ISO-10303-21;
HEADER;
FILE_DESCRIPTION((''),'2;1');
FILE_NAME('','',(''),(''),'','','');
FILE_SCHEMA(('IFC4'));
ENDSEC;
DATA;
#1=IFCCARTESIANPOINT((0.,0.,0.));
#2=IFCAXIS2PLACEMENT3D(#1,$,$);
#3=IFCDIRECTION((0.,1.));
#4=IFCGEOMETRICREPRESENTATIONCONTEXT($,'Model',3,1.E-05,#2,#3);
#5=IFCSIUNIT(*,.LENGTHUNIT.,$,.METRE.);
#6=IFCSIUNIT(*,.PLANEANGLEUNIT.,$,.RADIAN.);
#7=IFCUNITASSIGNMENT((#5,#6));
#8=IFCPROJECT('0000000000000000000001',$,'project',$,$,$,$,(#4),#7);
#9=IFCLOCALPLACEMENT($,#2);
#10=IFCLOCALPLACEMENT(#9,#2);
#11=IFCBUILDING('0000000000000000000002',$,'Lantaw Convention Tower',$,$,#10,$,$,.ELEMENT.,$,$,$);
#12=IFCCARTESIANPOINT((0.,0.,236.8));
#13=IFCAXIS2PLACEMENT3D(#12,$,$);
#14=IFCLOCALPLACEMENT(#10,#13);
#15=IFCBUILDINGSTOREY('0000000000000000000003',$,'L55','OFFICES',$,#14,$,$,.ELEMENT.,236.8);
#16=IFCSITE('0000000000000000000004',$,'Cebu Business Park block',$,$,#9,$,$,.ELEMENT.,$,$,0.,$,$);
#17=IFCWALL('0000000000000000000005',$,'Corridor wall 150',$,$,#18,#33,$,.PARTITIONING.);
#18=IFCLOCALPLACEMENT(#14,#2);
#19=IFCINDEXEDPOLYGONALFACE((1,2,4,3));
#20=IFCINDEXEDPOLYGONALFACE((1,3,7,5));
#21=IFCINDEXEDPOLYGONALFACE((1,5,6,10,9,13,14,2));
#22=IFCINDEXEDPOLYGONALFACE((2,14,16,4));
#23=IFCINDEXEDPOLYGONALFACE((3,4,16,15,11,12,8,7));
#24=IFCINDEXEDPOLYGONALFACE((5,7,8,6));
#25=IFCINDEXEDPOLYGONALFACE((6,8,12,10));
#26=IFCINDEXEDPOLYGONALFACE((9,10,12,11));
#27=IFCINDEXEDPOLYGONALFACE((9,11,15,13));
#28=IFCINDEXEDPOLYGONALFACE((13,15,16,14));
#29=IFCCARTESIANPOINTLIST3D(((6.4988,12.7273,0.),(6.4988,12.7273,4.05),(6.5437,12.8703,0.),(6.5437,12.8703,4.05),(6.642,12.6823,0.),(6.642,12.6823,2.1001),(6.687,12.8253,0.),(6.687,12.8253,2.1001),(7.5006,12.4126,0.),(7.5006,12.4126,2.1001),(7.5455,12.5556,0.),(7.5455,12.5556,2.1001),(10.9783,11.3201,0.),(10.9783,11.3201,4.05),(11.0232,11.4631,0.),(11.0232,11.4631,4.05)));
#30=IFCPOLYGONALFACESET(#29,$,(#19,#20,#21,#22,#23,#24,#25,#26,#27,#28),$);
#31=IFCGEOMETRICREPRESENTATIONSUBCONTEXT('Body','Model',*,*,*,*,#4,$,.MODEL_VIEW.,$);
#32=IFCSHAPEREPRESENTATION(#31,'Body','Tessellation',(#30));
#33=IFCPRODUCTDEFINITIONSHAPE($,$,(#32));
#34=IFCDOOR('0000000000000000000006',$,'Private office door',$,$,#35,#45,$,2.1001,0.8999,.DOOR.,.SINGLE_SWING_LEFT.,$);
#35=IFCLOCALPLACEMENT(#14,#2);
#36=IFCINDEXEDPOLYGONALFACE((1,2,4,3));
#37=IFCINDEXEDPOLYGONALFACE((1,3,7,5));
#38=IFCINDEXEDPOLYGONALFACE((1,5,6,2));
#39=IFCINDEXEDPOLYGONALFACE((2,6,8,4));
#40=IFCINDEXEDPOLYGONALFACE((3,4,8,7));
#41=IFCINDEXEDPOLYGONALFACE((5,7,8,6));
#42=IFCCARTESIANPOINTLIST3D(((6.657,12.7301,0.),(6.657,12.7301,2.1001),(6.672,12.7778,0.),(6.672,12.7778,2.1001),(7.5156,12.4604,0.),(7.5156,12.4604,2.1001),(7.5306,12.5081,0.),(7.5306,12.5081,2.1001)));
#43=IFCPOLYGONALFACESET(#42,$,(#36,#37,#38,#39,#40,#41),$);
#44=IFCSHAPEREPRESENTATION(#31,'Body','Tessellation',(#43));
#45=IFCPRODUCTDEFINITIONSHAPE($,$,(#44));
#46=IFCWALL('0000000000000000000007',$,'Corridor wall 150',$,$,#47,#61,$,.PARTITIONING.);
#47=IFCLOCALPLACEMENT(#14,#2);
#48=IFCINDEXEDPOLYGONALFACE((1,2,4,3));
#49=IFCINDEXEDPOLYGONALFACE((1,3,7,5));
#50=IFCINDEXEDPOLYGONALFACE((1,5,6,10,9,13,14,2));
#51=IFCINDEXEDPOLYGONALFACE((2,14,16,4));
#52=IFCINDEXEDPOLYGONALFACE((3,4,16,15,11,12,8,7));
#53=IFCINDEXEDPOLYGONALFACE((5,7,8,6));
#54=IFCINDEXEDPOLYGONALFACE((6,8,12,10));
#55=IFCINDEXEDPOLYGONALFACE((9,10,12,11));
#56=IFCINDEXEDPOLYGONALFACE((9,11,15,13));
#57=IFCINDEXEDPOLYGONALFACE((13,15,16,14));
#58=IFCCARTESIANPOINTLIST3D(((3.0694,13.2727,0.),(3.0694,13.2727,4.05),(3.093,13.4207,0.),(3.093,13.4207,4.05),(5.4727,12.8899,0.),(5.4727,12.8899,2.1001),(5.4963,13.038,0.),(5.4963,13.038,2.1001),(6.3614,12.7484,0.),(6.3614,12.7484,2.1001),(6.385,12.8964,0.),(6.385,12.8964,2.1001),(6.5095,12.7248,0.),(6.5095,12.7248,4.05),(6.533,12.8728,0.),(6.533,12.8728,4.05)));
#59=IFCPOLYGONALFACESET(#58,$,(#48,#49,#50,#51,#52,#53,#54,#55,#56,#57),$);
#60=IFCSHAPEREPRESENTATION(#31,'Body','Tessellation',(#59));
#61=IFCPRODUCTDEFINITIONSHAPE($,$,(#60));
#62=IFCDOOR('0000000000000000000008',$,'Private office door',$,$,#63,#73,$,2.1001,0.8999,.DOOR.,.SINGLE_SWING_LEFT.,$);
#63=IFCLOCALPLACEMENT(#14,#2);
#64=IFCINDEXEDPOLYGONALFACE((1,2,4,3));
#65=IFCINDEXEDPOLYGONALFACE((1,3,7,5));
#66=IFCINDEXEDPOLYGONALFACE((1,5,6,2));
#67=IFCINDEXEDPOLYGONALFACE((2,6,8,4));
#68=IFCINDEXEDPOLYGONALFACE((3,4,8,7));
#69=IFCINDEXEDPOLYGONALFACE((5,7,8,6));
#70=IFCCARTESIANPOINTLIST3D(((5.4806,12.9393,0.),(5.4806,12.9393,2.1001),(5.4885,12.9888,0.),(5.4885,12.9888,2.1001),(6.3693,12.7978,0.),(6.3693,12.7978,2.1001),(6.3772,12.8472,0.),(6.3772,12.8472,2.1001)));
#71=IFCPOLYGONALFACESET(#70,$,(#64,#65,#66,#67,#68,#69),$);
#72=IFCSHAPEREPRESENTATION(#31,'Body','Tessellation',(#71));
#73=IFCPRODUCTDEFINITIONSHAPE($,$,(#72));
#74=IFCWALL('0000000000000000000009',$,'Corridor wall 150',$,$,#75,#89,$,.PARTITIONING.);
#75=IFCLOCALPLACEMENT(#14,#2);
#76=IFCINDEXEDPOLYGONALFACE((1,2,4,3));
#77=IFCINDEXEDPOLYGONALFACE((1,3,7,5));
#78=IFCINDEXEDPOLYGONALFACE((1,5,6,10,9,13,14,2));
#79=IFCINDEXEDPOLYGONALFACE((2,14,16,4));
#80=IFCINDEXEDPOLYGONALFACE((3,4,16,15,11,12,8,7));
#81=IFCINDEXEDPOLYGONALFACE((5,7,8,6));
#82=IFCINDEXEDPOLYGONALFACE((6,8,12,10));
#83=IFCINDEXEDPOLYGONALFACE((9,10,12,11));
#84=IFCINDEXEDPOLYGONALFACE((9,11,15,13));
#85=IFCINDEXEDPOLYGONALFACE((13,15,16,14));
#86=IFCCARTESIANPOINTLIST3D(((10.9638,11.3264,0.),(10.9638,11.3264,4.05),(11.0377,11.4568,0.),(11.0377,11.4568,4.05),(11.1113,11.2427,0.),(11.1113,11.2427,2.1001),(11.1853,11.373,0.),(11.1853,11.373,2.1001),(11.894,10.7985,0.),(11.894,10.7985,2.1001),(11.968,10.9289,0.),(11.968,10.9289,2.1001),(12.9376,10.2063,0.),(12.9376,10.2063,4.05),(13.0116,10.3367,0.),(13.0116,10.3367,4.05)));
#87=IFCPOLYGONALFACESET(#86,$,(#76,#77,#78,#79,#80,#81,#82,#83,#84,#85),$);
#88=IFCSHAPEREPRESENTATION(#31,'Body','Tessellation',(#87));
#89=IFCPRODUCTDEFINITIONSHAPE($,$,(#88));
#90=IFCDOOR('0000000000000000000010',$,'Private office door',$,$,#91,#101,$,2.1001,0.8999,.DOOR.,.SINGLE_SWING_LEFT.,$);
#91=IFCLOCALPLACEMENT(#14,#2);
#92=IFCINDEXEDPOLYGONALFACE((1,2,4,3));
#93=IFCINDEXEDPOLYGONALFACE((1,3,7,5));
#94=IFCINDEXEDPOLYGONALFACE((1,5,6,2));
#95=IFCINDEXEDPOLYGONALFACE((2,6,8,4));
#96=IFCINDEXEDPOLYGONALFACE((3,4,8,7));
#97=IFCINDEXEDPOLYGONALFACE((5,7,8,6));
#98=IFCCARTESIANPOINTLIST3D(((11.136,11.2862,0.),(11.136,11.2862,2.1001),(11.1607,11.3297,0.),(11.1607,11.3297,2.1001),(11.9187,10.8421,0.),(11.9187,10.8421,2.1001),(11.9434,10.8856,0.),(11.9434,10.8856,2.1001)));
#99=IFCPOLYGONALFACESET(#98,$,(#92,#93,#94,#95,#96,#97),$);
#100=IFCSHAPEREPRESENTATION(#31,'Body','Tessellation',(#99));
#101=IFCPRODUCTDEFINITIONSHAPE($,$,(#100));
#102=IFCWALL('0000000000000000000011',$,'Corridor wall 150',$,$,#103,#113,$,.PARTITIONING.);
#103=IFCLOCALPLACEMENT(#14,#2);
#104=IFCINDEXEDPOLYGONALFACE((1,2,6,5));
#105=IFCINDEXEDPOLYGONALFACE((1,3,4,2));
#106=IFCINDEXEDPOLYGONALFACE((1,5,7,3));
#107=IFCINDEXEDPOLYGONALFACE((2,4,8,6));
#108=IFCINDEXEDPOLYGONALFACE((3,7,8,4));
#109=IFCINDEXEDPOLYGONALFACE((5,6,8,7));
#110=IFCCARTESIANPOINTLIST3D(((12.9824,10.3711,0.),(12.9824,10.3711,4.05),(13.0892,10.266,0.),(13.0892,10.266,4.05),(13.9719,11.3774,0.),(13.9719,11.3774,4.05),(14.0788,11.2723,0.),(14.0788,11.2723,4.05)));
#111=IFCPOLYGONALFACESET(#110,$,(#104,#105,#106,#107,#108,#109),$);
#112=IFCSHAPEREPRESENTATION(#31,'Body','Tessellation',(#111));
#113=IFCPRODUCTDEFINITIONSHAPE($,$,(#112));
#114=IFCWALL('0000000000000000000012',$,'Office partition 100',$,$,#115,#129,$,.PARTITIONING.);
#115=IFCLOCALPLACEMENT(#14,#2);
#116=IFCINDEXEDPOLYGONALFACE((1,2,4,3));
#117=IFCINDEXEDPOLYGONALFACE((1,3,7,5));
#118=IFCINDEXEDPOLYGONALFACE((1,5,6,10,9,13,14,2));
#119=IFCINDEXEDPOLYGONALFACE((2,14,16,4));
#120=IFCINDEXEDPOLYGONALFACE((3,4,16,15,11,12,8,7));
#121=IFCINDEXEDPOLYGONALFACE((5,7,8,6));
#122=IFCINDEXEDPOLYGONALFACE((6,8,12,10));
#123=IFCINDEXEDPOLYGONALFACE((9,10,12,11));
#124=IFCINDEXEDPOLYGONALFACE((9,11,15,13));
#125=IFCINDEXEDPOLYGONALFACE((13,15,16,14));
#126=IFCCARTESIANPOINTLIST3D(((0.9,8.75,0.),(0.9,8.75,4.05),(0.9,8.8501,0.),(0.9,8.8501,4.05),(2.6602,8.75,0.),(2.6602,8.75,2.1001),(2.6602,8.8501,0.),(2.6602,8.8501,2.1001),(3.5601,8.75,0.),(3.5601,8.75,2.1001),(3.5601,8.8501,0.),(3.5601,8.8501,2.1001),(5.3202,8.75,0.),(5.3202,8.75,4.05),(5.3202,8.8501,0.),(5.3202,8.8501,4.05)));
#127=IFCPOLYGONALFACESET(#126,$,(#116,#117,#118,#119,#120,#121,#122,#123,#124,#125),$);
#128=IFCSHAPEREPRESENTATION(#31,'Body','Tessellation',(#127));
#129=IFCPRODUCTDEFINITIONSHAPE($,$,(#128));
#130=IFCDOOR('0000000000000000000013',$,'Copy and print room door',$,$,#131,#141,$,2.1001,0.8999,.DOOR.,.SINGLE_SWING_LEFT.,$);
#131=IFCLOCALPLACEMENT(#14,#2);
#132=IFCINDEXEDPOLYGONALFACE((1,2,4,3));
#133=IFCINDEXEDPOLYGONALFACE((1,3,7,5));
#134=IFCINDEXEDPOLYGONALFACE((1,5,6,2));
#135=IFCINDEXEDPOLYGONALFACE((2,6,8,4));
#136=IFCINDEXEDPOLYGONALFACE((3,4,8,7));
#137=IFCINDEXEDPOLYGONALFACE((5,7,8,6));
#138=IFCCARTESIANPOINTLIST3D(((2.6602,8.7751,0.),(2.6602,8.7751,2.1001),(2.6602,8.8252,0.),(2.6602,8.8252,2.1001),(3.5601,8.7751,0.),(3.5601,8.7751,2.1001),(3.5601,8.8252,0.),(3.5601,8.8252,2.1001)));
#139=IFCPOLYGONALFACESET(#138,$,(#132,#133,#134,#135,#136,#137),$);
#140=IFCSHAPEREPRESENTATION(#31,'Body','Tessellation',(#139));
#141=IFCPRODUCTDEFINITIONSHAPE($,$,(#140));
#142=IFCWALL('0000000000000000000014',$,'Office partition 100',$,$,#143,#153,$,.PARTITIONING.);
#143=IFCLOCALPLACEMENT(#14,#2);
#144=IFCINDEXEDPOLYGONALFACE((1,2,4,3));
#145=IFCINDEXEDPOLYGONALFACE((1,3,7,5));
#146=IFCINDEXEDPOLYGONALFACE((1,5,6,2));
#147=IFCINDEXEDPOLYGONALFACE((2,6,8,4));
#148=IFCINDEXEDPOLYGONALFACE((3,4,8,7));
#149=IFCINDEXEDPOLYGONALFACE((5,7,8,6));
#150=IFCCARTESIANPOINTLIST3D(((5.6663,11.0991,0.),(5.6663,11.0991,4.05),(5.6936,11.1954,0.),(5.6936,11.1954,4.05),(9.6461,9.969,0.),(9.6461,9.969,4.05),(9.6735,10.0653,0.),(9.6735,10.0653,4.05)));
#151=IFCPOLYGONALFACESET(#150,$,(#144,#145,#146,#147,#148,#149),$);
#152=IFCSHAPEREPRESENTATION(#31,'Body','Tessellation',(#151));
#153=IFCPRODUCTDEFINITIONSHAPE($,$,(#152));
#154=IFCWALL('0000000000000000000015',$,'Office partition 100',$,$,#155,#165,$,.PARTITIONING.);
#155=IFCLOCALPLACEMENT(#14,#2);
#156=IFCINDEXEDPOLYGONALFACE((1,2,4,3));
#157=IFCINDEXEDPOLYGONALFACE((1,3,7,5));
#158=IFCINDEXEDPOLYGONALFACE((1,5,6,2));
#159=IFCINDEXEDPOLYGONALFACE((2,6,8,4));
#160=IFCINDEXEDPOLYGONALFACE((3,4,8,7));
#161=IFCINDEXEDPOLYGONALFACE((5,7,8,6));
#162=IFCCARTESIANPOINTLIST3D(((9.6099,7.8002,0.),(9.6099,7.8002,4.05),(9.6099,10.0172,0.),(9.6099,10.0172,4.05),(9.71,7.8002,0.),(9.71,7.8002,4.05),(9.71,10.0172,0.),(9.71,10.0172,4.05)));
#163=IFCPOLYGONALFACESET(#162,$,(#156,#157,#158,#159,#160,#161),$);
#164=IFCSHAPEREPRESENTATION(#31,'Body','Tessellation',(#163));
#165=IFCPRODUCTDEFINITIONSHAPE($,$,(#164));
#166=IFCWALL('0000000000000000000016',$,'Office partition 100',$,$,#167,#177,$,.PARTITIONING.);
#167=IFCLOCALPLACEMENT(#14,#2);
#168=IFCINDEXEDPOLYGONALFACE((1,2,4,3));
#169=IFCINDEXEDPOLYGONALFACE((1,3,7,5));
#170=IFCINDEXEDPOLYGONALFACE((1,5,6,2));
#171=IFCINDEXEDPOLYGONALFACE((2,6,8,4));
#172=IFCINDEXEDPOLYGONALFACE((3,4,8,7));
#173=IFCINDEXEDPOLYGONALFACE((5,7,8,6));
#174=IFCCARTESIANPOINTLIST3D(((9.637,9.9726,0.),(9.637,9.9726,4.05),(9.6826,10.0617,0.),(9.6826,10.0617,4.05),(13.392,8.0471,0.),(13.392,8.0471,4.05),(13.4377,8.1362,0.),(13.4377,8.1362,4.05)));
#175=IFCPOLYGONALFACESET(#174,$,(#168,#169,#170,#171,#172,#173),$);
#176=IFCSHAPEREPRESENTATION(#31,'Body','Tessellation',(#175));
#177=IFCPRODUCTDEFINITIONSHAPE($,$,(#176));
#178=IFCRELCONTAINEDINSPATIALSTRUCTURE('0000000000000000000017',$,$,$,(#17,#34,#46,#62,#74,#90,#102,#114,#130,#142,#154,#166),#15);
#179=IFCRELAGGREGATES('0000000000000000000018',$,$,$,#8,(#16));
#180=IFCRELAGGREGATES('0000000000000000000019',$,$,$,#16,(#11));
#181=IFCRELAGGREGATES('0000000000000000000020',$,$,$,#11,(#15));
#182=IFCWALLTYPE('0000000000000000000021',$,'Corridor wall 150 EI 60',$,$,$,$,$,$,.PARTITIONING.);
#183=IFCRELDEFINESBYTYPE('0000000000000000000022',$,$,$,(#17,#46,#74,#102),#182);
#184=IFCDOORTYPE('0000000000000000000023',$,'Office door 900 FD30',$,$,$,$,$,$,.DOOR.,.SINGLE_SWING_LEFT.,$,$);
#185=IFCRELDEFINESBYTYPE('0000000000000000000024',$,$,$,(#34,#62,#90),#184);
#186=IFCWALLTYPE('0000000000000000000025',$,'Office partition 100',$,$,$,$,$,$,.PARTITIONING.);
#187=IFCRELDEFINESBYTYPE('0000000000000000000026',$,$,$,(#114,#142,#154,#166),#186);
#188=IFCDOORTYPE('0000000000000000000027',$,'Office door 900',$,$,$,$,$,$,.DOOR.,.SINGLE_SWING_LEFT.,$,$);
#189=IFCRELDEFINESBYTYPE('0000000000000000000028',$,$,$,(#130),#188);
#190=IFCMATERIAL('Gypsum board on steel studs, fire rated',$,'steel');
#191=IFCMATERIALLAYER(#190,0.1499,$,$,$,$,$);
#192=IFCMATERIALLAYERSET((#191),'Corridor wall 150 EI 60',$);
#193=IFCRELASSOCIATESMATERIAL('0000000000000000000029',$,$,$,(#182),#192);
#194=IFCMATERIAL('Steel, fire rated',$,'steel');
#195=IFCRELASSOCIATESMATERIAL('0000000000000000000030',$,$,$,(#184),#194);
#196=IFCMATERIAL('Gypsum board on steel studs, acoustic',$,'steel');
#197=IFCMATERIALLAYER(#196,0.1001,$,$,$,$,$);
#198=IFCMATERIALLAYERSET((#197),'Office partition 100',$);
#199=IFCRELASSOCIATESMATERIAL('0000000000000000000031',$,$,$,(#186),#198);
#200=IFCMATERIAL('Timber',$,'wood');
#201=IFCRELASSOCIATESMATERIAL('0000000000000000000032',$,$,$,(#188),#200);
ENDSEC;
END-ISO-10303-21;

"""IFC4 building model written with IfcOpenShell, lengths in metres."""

from ifc_helpers import new_model, si_unit, direction, frame, frame_2d, origin, place, context, subcontext, project, spatial, rectangle, extrude, material, layer, layer_set, type_object, element, fill, save


model = new_model("IFC4")

# Units and contexts
model_context = context("Model", 3, precision=1e-05, world=origin(), true_north=direction((0.0, 1.0)))
body_context = subcontext(model_context, "Body", "Model", "MODEL_VIEW")
ifc_project = project(units=[si_unit("LENGTHUNIT", "METRE"), si_unit("PLANEANGLEUNIT", "RADIAN")], contexts=[model_context])

# Site, building, storey
site_placement = place(None, origin())
site = spatial("IfcSite", under=ifc_project, at=site_placement, Name="Cebu Business Park block", CompositionType="ELEMENT", RefElevation=0.0)
building_placement = place(site_placement, origin())
building = spatial("IfcBuilding", under=site, at=building_placement, Name="Lantaw Convention Tower", CompositionType="ELEMENT")
storey_placement = place(building_placement, frame((0.0, 0.0, 236.8)))
storey = spatial("IfcBuildingStorey", under=building, at=storey_placement, Name="L55", Description="OFFICES", CompositionType="ELEMENT", Elevation=236.8)

# Walls, openings, doors
ifc_material_1 = material(Name="Gypsum board on steel studs, fire rated", Category="steel")
ifc_layer_1 = layer(ifc_material_1, 0.1499)
ifc_layer_set_1 = layer_set([ifc_layer_1], Name="Corridor wall 150 EI 60")
wall_type_1 = type_object("IfcWallType", Name="Corridor wall 150 EI 60", PredefinedType="PARTITIONING", material=ifc_layer_set_1)
wall_1_placement = place(storey_placement, frame((11.0007, 11.3916, 0.0), z_axis=(0.0, 0.0, 1.0), x_axis=(-0.954031, 0.299708, 0.0)))
wall_1 = element("IfcWall", 1, at=wall_1_placement, inside=storey, type_object=wall_type_1, Name="Corridor wall 150", PredefinedType="PARTITIONING", context=body_context, shape_type="SweptSolid", body=[
    extrude(rectangle(XDim=4.6953, YDim=0.1499, at=frame_2d((2.3477, 0.0))), origin(), (0.0, 0.0, 1.0), 4.05),
])
opening_1_placement = place(wall_1_placement, frame((3.6453, 0.0, 0.0)))
opening_1 = element("IfcOpeningElement", 2, at=opening_1_placement, cuts=wall_1, PredefinedType="OPENING", context=body_context, shape_type="SweptSolid", body=[
    extrude(rectangle(XDim=0.8999, YDim=2.1001, at=frame_2d((0.45, 1.05))), frame((0.0, 0.085, 0.0), z_axis=(0.0, -1.0, 0.0), x_axis=(1.0, 0.0, 0.0)), (0.0, 0.0, 1.0), 0.1699),
])
ifc_material_2 = material(Name="Steel, fire rated", Category="steel")
door_type_1 = type_object("IfcDoorType", Name="Office door 900 FD30", OperationType="SINGLE_SWING_LEFT", PredefinedType="DOOR", material=ifc_material_2)
door_1_placement = place(opening_1_placement, origin())
door_1 = element("IfcDoor", 3, at=door_1_placement, inside=storey, type_object=door_type_1, Name="Private office door", OperationType="SINGLE_SWING_LEFT", OverallHeight=2.1001, OverallWidth=0.8999, PredefinedType="DOOR", context=body_context, shape_type="SweptSolid", body=[
    extrude(rectangle(XDim=0.8999, YDim=2.1001, at=frame_2d((0.45, 1.05))), frame((0.0, 0.0249, 0.0), z_axis=(0.0, -1.0, 0.0), x_axis=(1.0, 0.0, 0.0)), (0.0, 0.0, 1.0), 0.05),
])
fill(opening_1, door_1)
wall_2_placement = place(storey_placement, frame((6.5212, 12.7988, 0.0), z_axis=(0.0, 0.0, 1.0), x_axis=(-0.987554, 0.15728, 0.0)))
wall_2 = element("IfcWall", 4, at=wall_2_placement, inside=storey, type_object=wall_type_1, Name="Corridor wall 150", PredefinedType="PARTITIONING", context=body_context, shape_type="SweptSolid", body=[
    extrude(rectangle(XDim=3.4834, YDim=0.1499, at=frame_2d((1.7417, 0.0))), origin(), (0.0, 0.0, 1.0), 4.05),
])
opening_2_placement = place(wall_2_placement, frame((0.1499, 0.0, 0.0)))
opening_2 = element("IfcOpeningElement", 5, at=opening_2_placement, cuts=wall_2, PredefinedType="OPENING", context=body_context, shape_type="SweptSolid", body=[
    extrude(rectangle(XDim=0.8999, YDim=2.1001, at=frame_2d((0.45, 1.05))), frame((0.0, 0.085, 0.0), z_axis=(0.0, -1.0, 0.0), x_axis=(1.0, 0.0, 0.0)), (0.0, 0.0, 1.0), 0.1699),
])
door_2_placement = place(opening_2_placement, origin())
door_2 = element("IfcDoor", 6, at=door_2_placement, inside=storey, type_object=door_type_1, Name="Private office door", OperationType="SINGLE_SWING_LEFT", OverallHeight=2.1001, OverallWidth=0.8999, PredefinedType="DOOR", context=body_context, shape_type="SweptSolid", body=[
    extrude(rectangle(XDim=0.8999, YDim=2.1001, at=frame_2d((0.45, 1.05))), frame((0.0, 0.0249, 0.0), z_axis=(0.0, -1.0, 0.0), x_axis=(1.0, 0.0, 0.0)), (0.0, 0.0, 1.0), 0.05),
])
fill(opening_2, door_2)
wall_3_placement = place(storey_placement, frame((12.9746, 10.2715, 0.0), z_axis=(0.0, 0.0, 1.0), x_axis=(-0.869722, 0.493542, 0.0)))
wall_3 = element("IfcWall", 7, at=wall_3_placement, inside=storey, type_object=wall_type_1, Name="Corridor wall 150", PredefinedType="PARTITIONING", context=body_context, shape_type="SweptSolid", body=[
    extrude(rectangle(XDim=2.2695, YDim=0.1499, at=frame_2d((1.1348, 0.0))), origin(), (0.0, 0.0, 1.0), 4.05),
])
opening_3_placement = place(wall_3_placement, frame((1.2, 0.0, 0.0)))
opening_3 = element("IfcOpeningElement", 8, at=opening_3_placement, cuts=wall_3, PredefinedType="OPENING", context=body_context, shape_type="SweptSolid", body=[
    extrude(rectangle(XDim=0.8999, YDim=2.1001, at=frame_2d((0.45, 1.05))), frame((0.0, 0.085, 0.0), z_axis=(0.0, -1.0, 0.0), x_axis=(1.0, 0.0, 0.0)), (0.0, 0.0, 1.0), 0.1699),
])
door_3_placement = place(opening_3_placement, origin())
door_3 = element("IfcDoor", 9, at=door_3_placement, inside=storey, type_object=door_type_1, Name="Private office door", OperationType="SINGLE_SWING_LEFT", OverallHeight=2.1001, OverallWidth=0.8999, PredefinedType="DOOR", context=body_context, shape_type="SweptSolid", body=[
    extrude(rectangle(XDim=0.8999, YDim=2.1001, at=frame_2d((0.45, 1.05))), frame((0.0, 0.0249, 0.0), z_axis=(0.0, -1.0, 0.0), x_axis=(1.0, 0.0, 0.0)), (0.0, 0.0, 1.0), 0.05),
])
fill(opening_3, door_3)

# Wall
wall_4_placement = place(storey_placement, frame((13.0359, 10.3186, 0.0), z_axis=(0.0, 0.0, 1.0), x_axis=(0.701114, 0.71305, 0.0)))
element("IfcWall", 10, at=wall_4_placement, inside=storey, type_object=wall_type_1, Name="Corridor wall 150", PredefinedType="PARTITIONING", context=body_context, shape_type="SweptSolid", body=[
    extrude(rectangle(XDim=1.4114, YDim=0.1499, at=frame_2d((0.7056, 0.0))), origin(), (0.0, 0.0, 1.0), 4.05),
])

# Wall, opening, door
ifc_material_3 = material(Name="Gypsum board on steel studs, acoustic", Category="steel")
ifc_layer_2 = layer(ifc_material_3, 0.1001)
ifc_layer_set_2 = layer_set([ifc_layer_2], Name="Office partition 100")
wall_type_2 = type_object("IfcWallType", Name="Office partition 100", PredefinedType="PARTITIONING", material=ifc_layer_set_2)
wall_5_placement = place(storey_placement, frame((5.3201, 8.8, 0.0), z_axis=(0.0, 0.0, 1.0), x_axis=(-1.0, 0.0, 0.0)))
wall_5 = element("IfcWall", 11, at=wall_5_placement, inside=storey, type_object=wall_type_2, Name="Office partition 100", PredefinedType="PARTITIONING", context=body_context, shape_type="SweptSolid", body=[
    extrude(rectangle(XDim=4.4202, YDim=0.1001, at=frame_2d((2.21, 0.0))), origin(), (0.0, 0.0, 1.0), 4.05),
])
opening_4_placement = place(wall_5_placement, frame((1.76, 0.0, 0.0)))
opening_4 = element("IfcOpeningElement", 12, at=opening_4_placement, cuts=wall_5, PredefinedType="OPENING", context=body_context, shape_type="SweptSolid", body=[
    extrude(rectangle(XDim=0.8999, YDim=2.1001, at=frame_2d((0.45, 1.05))), frame((0.0, 0.0601, 0.0), z_axis=(0.0, -1.0, 0.0), x_axis=(1.0, 0.0, 0.0)), (0.0, 0.0, 1.0), 0.1201),
])
ifc_material_4 = material(Name="Timber", Category="wood")
door_type_2 = type_object("IfcDoorType", Name="Office door 900", OperationType="SINGLE_SWING_LEFT", PredefinedType="DOOR", material=ifc_material_4)
door_4_placement = place(opening_4_placement, origin())
door_4 = element("IfcDoor", 13, at=door_4_placement, inside=storey, type_object=door_type_2, Name="Copy and print room door", OperationType="SINGLE_SWING_LEFT", OverallHeight=2.1001, OverallWidth=0.8999, PredefinedType="DOOR", context=body_context, shape_type="SweptSolid", body=[
    extrude(rectangle(XDim=0.8999, YDim=2.1001, at=frame_2d((0.45, 1.05))), frame((0.0, 0.0249, 0.0), z_axis=(0.0, -1.0, 0.0), x_axis=(1.0, 0.0, 0.0)), (0.0, 0.0, 1.0), 0.05),
])
fill(opening_4, door_4)

# Walls
wall_6_placement = place(storey_placement, frame((5.6799, 11.1472, 0.0), z_axis=(0.0, 0.0, 1.0), x_axis=(0.96197, -0.273154, 0.0)))
element("IfcWall", 14, at=wall_6_placement, inside=storey, type_object=wall_type_2, Name="Office partition 100", PredefinedType="PARTITIONING", context=body_context, shape_type="SweptSolid", body=[
    extrude(rectangle(XDim=4.1372, YDim=0.1001, at=frame_2d((2.0686, 0.0))), origin(), (0.0, 0.0, 1.0), 4.05),
])
wall_7_placement = place(storey_placement, frame((9.6599, 10.0171, 0.0), z_axis=(0.0, 0.0, 1.0), x_axis=(0.0, -1.0, 0.0)))
element("IfcWall", 15, at=wall_7_placement, inside=storey, type_object=wall_type_2, Name="Office partition 100", PredefinedType="PARTITIONING", context=body_context, shape_type="SweptSolid", body=[
    extrude(rectangle(XDim=2.217, YDim=0.1001, at=frame_2d((1.1084, 0.0))), origin(), (0.0, 0.0, 1.0), 4.05),
])
wall_8_placement = place(storey_placement, frame((9.6599, 10.0171, 0.0), z_axis=(0.0, 0.0, 1.0), x_axis=(0.889834, -0.456285, 0.0)))
element("IfcWall", 16, at=wall_8_placement, inside=storey, type_object=wall_type_2, Name="Office partition 100", PredefinedType="PARTITIONING", context=body_context, shape_type="SweptSolid", body=[
    extrude(rectangle(XDim=4.22, YDim=0.1001, at=frame_2d((2.1099, 0.0))), origin(), (0.0, 0.0, 1.0), 4.05),
])

save(model, "model.ifc")
